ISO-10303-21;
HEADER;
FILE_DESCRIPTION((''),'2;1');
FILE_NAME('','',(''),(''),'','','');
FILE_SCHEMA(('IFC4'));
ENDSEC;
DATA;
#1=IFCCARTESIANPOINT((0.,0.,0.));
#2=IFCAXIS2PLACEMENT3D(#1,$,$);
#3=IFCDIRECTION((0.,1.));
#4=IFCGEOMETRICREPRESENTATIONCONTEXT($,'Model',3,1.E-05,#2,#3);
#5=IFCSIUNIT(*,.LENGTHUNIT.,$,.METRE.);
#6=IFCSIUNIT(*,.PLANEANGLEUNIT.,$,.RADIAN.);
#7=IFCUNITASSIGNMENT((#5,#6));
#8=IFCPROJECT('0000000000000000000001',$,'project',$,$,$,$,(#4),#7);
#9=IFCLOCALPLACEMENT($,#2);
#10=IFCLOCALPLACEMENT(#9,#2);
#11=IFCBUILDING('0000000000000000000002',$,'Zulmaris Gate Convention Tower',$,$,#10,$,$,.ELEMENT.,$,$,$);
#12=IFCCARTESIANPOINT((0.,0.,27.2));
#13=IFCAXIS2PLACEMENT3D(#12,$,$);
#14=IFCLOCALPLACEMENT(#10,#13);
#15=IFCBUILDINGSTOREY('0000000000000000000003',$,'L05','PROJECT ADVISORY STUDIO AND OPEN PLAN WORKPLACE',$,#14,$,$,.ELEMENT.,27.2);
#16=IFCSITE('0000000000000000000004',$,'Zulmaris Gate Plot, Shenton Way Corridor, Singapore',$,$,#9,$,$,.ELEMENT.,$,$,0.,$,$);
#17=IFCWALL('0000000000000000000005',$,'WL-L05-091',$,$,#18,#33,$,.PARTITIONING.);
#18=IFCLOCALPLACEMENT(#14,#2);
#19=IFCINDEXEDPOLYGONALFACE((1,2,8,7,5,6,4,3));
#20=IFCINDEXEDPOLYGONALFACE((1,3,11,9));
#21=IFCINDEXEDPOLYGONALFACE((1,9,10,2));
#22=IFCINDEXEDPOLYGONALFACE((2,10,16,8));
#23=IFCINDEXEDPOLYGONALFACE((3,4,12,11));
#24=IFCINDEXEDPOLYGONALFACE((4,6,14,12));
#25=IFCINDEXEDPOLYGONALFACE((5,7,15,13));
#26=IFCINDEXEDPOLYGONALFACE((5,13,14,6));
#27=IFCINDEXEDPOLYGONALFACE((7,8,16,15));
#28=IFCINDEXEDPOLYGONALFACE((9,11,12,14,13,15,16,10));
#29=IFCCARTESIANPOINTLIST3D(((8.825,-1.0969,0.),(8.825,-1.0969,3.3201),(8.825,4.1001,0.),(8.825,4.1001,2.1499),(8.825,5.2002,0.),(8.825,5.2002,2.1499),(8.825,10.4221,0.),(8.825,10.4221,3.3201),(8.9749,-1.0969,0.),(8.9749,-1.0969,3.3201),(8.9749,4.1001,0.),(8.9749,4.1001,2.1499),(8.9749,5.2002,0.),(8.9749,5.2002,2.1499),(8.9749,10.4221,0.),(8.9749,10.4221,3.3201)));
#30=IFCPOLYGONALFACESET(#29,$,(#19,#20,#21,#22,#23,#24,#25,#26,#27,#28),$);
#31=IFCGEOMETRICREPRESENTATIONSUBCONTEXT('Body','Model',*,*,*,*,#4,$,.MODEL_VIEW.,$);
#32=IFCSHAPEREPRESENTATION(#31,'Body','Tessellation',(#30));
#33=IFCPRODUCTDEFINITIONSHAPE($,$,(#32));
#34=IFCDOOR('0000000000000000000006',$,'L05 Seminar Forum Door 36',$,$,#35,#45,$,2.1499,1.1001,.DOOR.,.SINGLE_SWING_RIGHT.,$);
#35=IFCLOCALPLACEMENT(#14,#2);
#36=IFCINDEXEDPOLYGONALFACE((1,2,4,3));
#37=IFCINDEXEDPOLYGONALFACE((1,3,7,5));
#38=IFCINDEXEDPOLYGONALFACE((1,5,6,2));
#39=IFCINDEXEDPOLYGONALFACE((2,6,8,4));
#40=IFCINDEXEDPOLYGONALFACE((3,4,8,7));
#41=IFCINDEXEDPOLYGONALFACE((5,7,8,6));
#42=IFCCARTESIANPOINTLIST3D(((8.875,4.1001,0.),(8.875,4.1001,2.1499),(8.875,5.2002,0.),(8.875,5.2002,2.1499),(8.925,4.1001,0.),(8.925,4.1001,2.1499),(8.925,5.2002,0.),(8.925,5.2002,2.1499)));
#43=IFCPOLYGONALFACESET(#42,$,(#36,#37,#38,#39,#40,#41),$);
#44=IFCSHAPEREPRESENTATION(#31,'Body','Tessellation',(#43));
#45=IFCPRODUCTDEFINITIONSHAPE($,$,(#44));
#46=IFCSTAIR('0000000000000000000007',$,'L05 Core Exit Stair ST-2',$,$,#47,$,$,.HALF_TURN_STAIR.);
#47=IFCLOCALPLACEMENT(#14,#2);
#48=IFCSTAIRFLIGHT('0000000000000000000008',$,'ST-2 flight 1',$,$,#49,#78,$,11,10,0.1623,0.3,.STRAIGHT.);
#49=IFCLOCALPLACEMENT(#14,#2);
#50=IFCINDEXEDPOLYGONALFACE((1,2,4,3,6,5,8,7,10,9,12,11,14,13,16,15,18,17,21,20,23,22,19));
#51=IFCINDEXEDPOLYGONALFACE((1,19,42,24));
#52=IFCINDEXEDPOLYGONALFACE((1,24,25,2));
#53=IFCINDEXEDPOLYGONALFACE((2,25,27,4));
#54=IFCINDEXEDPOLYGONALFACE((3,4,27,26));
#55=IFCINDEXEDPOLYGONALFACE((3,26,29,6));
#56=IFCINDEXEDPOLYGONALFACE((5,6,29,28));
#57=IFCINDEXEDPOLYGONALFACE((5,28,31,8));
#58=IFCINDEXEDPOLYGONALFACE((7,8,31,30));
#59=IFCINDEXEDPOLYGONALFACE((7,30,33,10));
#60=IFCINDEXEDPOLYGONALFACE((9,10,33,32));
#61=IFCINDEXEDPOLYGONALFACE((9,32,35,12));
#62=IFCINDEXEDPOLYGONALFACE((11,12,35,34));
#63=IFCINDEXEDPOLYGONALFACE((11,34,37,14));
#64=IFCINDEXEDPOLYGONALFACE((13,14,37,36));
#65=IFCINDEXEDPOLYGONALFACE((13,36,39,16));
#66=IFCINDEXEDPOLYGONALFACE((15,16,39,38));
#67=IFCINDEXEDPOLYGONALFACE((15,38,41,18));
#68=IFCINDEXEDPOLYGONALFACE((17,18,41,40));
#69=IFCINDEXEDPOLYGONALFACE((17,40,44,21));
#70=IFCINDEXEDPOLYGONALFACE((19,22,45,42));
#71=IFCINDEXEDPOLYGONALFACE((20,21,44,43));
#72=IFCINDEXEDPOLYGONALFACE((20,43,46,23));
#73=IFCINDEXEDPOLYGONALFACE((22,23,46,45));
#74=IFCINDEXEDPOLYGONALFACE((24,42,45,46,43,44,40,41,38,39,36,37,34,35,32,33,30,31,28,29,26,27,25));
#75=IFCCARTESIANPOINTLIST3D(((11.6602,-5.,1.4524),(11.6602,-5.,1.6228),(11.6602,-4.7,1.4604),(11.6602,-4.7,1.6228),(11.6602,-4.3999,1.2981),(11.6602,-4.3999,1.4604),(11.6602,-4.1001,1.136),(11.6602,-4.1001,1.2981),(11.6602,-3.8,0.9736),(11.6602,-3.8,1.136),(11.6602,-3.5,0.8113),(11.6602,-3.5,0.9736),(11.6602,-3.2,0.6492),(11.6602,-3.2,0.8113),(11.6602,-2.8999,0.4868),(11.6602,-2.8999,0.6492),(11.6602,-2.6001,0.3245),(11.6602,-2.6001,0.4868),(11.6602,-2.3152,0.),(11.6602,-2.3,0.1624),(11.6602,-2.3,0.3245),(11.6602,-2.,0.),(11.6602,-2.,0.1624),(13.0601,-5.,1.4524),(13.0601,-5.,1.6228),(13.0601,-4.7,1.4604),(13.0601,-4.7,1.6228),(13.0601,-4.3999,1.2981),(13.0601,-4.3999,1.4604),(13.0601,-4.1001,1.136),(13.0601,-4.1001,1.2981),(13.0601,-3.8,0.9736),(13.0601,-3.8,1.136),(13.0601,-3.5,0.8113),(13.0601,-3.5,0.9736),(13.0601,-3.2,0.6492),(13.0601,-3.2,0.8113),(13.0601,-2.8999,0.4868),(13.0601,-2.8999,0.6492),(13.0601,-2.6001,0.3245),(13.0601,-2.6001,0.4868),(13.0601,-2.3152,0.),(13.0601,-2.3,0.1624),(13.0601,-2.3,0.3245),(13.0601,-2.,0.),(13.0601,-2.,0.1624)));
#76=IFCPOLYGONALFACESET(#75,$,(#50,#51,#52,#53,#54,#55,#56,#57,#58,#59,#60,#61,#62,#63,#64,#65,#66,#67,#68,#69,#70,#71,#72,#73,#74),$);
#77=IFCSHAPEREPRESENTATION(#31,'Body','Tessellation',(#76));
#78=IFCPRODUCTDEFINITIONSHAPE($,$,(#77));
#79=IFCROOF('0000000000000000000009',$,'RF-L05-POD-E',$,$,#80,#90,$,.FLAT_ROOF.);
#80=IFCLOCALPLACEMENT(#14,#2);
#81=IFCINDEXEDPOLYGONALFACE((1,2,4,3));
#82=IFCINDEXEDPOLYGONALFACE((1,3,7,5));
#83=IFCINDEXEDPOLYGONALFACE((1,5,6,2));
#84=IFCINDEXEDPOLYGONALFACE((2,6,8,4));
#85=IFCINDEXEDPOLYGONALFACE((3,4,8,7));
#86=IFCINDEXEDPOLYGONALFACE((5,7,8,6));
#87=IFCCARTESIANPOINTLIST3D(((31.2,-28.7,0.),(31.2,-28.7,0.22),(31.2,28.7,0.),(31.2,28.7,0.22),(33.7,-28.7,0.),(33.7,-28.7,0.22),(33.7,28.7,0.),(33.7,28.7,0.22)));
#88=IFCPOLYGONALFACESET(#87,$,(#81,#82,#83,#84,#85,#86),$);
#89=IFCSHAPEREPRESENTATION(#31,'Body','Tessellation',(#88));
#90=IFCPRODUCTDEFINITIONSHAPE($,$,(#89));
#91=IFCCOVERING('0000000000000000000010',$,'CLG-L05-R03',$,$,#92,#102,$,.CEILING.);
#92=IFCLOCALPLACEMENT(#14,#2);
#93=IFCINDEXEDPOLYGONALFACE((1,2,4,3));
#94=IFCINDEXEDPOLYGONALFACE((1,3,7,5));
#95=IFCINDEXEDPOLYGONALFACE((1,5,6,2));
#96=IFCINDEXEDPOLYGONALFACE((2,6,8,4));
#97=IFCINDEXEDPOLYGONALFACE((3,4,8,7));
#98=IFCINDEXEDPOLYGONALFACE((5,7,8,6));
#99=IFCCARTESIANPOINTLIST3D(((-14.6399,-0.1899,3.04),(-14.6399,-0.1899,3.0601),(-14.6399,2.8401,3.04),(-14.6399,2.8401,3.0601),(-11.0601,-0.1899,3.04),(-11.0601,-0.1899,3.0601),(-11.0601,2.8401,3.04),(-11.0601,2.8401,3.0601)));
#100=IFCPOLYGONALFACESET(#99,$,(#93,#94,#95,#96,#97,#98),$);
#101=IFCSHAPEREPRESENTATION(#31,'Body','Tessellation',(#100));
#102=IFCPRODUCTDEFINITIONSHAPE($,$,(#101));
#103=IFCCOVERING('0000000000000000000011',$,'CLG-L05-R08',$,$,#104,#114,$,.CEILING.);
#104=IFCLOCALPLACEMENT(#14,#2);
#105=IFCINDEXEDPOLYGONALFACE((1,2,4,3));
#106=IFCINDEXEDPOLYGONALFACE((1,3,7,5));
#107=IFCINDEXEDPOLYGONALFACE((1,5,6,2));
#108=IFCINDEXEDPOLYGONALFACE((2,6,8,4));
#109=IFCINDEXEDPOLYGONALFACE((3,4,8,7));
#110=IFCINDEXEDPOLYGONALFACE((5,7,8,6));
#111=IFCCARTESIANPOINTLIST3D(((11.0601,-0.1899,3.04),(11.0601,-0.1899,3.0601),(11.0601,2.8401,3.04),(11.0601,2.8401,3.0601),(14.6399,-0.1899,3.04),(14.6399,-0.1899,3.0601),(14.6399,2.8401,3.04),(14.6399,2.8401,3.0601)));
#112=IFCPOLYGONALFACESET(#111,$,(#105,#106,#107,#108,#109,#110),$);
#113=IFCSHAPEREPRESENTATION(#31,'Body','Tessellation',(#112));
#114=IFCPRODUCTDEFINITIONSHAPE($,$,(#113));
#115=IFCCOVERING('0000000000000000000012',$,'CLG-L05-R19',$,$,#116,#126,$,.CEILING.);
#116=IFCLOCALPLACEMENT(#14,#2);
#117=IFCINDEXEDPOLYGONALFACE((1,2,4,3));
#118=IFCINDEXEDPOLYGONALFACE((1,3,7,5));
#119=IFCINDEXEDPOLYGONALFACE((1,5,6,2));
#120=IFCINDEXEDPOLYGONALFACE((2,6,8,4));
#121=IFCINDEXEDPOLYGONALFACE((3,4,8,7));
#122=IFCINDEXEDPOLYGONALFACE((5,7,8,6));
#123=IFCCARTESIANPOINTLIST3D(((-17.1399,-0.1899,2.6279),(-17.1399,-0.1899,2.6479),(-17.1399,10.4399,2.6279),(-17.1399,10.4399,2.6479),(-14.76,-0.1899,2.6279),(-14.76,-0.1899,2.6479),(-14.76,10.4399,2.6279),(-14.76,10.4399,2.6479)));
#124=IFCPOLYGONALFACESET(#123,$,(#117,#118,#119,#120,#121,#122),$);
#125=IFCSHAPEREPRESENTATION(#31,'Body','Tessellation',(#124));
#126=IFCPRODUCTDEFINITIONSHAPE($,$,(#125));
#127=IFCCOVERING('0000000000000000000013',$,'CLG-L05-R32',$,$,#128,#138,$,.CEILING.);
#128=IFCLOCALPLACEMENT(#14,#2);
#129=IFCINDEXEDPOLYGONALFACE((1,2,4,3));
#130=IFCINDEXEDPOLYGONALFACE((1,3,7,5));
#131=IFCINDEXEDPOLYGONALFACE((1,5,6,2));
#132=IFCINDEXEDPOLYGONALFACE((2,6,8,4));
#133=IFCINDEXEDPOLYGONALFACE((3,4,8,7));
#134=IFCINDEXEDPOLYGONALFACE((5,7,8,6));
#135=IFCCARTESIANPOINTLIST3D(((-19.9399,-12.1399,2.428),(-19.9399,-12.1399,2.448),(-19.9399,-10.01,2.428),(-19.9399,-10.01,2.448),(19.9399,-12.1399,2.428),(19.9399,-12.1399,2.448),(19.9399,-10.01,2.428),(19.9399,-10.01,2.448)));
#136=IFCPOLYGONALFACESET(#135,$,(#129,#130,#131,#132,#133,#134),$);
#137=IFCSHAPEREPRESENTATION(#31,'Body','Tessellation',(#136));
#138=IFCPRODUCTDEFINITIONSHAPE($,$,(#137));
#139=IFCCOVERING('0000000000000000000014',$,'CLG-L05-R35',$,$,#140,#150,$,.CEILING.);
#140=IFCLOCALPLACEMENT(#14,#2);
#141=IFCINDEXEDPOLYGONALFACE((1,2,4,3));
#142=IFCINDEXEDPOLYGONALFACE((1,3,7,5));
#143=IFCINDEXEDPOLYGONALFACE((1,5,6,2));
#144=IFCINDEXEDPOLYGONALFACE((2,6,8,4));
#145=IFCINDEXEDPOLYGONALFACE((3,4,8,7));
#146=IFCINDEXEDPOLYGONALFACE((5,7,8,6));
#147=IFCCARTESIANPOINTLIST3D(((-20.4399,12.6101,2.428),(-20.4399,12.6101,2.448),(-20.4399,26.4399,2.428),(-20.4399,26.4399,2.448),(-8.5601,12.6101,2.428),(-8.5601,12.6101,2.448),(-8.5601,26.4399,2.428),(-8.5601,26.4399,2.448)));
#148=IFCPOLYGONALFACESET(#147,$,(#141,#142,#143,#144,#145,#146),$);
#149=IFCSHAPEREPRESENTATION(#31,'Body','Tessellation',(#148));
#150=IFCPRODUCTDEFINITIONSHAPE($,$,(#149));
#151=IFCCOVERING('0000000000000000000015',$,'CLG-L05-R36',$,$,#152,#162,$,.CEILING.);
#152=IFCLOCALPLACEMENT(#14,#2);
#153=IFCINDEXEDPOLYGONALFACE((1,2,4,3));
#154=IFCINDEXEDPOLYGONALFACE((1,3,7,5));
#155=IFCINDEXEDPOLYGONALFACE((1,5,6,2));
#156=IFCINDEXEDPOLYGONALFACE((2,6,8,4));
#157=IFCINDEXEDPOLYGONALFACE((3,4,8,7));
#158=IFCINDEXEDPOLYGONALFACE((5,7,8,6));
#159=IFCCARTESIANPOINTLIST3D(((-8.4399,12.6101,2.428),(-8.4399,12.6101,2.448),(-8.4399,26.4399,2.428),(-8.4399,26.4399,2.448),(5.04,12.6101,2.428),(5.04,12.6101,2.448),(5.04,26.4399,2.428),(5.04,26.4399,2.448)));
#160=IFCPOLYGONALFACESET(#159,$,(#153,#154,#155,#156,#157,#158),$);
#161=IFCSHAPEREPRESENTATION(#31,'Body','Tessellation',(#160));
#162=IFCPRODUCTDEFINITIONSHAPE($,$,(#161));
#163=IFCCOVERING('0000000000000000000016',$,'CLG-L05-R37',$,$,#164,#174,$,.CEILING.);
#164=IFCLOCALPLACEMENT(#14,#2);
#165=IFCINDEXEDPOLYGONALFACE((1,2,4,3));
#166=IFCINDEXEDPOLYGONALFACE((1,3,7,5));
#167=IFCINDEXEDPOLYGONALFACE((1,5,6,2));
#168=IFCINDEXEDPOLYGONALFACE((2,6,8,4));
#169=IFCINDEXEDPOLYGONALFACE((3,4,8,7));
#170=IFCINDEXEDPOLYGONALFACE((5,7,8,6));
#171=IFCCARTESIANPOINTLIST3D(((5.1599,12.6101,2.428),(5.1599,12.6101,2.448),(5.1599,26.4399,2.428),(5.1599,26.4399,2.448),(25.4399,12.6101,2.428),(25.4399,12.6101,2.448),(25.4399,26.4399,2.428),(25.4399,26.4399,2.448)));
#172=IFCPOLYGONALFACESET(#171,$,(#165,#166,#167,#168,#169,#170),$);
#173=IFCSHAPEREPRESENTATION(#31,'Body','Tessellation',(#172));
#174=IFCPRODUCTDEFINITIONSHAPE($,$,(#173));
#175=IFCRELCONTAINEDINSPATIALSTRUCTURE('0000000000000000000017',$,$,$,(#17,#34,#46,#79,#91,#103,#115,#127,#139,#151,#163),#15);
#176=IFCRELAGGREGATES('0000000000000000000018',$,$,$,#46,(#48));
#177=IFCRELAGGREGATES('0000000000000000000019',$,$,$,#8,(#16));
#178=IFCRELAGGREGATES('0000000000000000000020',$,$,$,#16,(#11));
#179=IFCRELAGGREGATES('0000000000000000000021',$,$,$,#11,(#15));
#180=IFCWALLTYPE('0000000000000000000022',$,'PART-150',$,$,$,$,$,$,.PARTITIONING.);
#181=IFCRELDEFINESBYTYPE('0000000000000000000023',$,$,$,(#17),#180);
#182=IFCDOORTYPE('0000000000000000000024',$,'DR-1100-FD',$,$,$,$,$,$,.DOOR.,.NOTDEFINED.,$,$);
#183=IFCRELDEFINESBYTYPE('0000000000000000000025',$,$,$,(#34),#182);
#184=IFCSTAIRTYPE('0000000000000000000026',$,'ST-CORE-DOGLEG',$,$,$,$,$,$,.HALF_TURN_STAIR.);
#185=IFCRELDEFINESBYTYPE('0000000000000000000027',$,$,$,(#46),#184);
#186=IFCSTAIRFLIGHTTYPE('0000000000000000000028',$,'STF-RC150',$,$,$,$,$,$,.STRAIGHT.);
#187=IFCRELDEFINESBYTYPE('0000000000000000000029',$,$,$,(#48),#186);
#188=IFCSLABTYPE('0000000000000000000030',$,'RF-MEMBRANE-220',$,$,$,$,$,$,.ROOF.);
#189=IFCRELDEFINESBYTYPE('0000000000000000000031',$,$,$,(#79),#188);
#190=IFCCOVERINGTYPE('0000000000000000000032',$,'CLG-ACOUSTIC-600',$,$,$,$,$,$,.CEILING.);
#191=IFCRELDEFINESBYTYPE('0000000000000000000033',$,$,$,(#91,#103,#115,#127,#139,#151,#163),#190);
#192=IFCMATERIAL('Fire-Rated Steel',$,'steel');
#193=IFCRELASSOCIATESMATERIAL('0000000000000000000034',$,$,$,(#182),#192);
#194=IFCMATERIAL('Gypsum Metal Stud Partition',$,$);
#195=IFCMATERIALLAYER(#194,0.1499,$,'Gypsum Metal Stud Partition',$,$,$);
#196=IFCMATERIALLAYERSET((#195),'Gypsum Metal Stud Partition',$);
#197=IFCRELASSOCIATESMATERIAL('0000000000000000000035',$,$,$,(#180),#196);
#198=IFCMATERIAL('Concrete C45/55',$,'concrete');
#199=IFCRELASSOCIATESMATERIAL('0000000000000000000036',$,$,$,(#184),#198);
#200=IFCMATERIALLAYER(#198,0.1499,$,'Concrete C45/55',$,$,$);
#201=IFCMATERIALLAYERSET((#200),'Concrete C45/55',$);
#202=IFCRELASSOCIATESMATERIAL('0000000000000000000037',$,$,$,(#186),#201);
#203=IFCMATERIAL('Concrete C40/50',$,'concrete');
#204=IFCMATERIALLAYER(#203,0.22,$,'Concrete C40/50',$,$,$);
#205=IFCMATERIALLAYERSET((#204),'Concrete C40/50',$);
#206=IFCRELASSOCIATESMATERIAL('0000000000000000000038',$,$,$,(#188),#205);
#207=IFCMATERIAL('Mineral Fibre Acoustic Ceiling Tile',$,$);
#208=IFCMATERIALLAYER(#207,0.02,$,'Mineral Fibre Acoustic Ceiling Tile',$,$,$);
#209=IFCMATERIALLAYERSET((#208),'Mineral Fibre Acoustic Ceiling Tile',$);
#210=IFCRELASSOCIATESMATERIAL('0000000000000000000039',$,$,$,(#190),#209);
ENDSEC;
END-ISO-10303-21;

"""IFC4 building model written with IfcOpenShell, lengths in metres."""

from ifc_helpers import new_model, si_unit, direction, frame, frame_2d, origin, place, context, subcontext, project, spatial, polyline, rectangle, outline, extrude, material, layer, layer_set, type_object, element, fill, aggregate, save


model = new_model("IFC4")

# Units and contexts
model_context = context("Model", 3, precision=1e-05, world=origin(), true_north=direction((0.0, 1.0)))
body_context = subcontext(model_context, "Body", "Model", "MODEL_VIEW")
ifc_project = project(units=[si_unit("LENGTHUNIT", "METRE"), si_unit("PLANEANGLEUNIT", "RADIAN")], contexts=[model_context])

# Site, building, storey
site_placement = place(None, origin())
site = spatial("IfcSite", under=ifc_project, at=site_placement, Name="Zulmaris Gate Plot, Shenton Way Corridor, Singapore", CompositionType="ELEMENT", RefElevation=0.0)
building_placement = place(site_placement, origin())
building = spatial("IfcBuilding", under=site, at=building_placement, Name="Zulmaris Gate Convention Tower", CompositionType="ELEMENT")
storey_placement = place(building_placement, frame((0.0, 0.0, 27.2)))
storey = spatial("IfcBuildingStorey", under=building, at=storey_placement, Name="L05", Description="PROJECT ADVISORY STUDIO AND OPEN PLAN WORKPLACE", CompositionType="ELEMENT", Elevation=27.2)

# Wall, opening, door
ifc_material_1 = material(Name="Fire-Rated Steel", Category="steel")
door_type_1 = type_object("IfcDoorType", Name="DR-1100-FD", OperationType="NOTDEFINED", PredefinedType="DOOR", material=ifc_material_1)
ifc_material_2 = material(Name="Gypsum Metal Stud Partition")
ifc_layer_1 = layer(ifc_material_2, 0.1499, Name="Gypsum Metal Stud Partition")
ifc_layer_set_1 = layer_set([ifc_layer_1], Name="Gypsum Metal Stud Partition")
wall_type_1 = type_object("IfcWallType", Name="PART-150", PredefinedType="PARTITIONING", material=ifc_layer_set_1)
wall_1_placement = place(storey_placement, frame((8.8999, -1.0969, 0.0), z_axis=(0.0, 0.0, 1.0), x_axis=(0.0, 1.0, 0.0)))
wall_1 = element("IfcWall", 1, at=wall_1_placement, inside=storey, type_object=wall_type_1, Name="WL-L05-091", PredefinedType="PARTITIONING", context=body_context, shape_type="SweptSolid", body=[
    extrude(rectangle(XDim=11.519, YDim=0.1499, at=frame_2d((5.7595, 0.0))), origin(), (0.0, 0.0, 1.0), 3.3201),
])
opening_1_placement = place(wall_1_placement, frame((5.197, 0.0, 0.0)))
opening_1 = element("IfcOpeningElement", 2, at=opening_1_placement, cuts=wall_1, PredefinedType="OPENING", context=body_context, shape_type="SweptSolid", body=[
    extrude(rectangle(XDim=1.1001, YDim=2.1499, at=frame_2d((0.55, 1.075))), frame((0.0, 0.085, 0.0), z_axis=(0.0, -1.0, 0.0), x_axis=(1.0, 0.0, 0.0)), (0.0, 0.0, 1.0), 0.1699),
])
door_1_placement = place(opening_1_placement, origin())
door_1 = element("IfcDoor", 3, at=door_1_placement, inside=storey, type_object=door_type_1, Name="L05 Seminar Forum Door 36", OperationType="SINGLE_SWING_RIGHT", OverallHeight=2.1499, OverallWidth=1.1001, PredefinedType="DOOR", context=body_context, shape_type="SweptSolid", body=[
    extrude(rectangle(XDim=1.1001, YDim=2.1499, at=frame_2d((0.55, 1.075))), frame((0.0, 0.0249, 0.0), z_axis=(0.0, -1.0, 0.0), x_axis=(1.0, 0.0, 0.0)), (0.0, 0.0, 1.0), 0.05),
])
fill(opening_1, door_1)

# Stair, stair flight
ifc_material_3 = material(Name="Concrete C45/55", Category="concrete")
stair_type = type_object("IfcStairType", Name="ST-CORE-DOGLEG", PredefinedType="HALF_TURN_STAIR", material=ifc_material_3)
stair_placement = place(storey_placement, origin())
stair = element("IfcStair", 4, at=stair_placement, inside=storey, type_object=stair_type, Name="L05 Core Exit Stair ST-2", PredefinedType="HALF_TURN_STAIR")
ifc_layer_2 = layer(ifc_material_3, 0.1499, Name="Concrete C45/55")
ifc_layer_set_2 = layer_set([ifc_layer_2], Name="Concrete C45/55")
stair_flight_type = type_object("IfcStairFlightType", Name="STF-RC150", PredefinedType="STRAIGHT", material=ifc_layer_set_2)
stair_flight_placement = place(storey_placement, frame((12.3601, -2.0, 0.0), z_axis=(0.0, 0.0, 1.0), x_axis=(0.0, -1.0, 0.0)))
stair_flight = element("IfcStairFlight", 5, at=stair_flight_placement, type_object=stair_flight_type, Name="ST-2 flight 1", NumberOfRisers=11, NumberOfTreads=10, PredefinedType="STRAIGHT", RiserHeight=0.1623, TreadLength=0.3, context=body_context, shape_type="SweptSolid", body=[
    extrude(outline(polyline([(0.0, 0.0), (0.0, 0.1624), (0.3, 0.1624), (0.3, 0.3245), (0.6001, 0.3245), (0.6001, 0.4868), (0.8999, 0.4868), (0.8999, 0.6492), (1.2, 0.6492), (1.2, 0.8113), (1.5, 0.8113), (1.5, 0.9736), (1.8, 0.9736), (1.8, 1.136), (2.1001, 1.136), (2.1001, 1.2981), (2.3999, 1.2981), (2.3999, 1.4604), (2.7, 1.4604), (2.7, 1.6228), (3.0, 1.6228), (3.0, 1.7849), (3.0, 1.4524), (0.3152, 0.0), (0.0, 0.0)])), frame((0.0, 0.7, 0.0), z_axis=(0.0, -1.0, 0.0), x_axis=(1.0, 0.0, 0.0)), (0.0, 0.0, 1.0), 1.3999),
])
aggregate(stair, [stair_flight])

# Roof
ifc_material_4 = material(Name="Concrete C40/50", Category="concrete")
ifc_layer_3 = layer(ifc_material_4, 0.22, Name="Concrete C40/50")
ifc_layer_set_3 = layer_set([ifc_layer_3], Name="Concrete C40/50")
slab_type = type_object("IfcSlabType", Name="RF-MEMBRANE-220", PredefinedType="ROOF", material=ifc_layer_set_3)
roof_placement = place(storey_placement, origin())
element("IfcRoof", 6, at=roof_placement, inside=storey, type_object=slab_type, Name="RF-L05-POD-E", PredefinedType="FLAT_ROOF", context=body_context, shape_type="SweptSolid", body=[
    extrude(outline(polyline([(31.2, -28.7), (33.7, -28.7), (33.7, 28.7), (31.2, 28.7), (31.2, -28.7)])), origin(), (0.0, 0.0, 1.0), 0.22),
])

# Coverings
ifc_material_5 = material(Name="Mineral Fibre Acoustic Ceiling Tile")
ifc_layer_4 = layer(ifc_material_5, 0.02, Name="Mineral Fibre Acoustic Ceiling Tile")
ifc_layer_set_4 = layer_set([ifc_layer_4], Name="Mineral Fibre Acoustic Ceiling Tile")
covering_type_1 = type_object("IfcCoveringType", Name="CLG-ACOUSTIC-600", PredefinedType="CEILING", material=ifc_layer_set_4)
covering_1_placement = place(storey_placement, frame((0.0, 0.0, 3.04)))
element("IfcCovering", 7, at=covering_1_placement, inside=storey, type_object=covering_type_1, Name="CLG-L05-R03", PredefinedType="CEILING", context=body_context, shape_type="SweptSolid", body=[
    extrude(outline(polyline([(-14.6399, -0.1899), (-11.0601, -0.1899), (-11.0601, 2.8401), (-14.6399, 2.8401), (-14.6399, -0.1899)])), origin(), (0.0, 0.0, 1.0), 0.02),
])
covering_2_placement = place(storey_placement, frame((0.0, 0.0, 3.04)))
element("IfcCovering", 8, at=covering_2_placement, inside=storey, type_object=covering_type_1, Name="CLG-L05-R08", PredefinedType="CEILING", context=body_context, shape_type="SweptSolid", body=[
    extrude(outline(polyline([(11.0601, -0.1899), (14.6399, -0.1899), (14.6399, 2.8401), (11.0601, 2.8401), (11.0601, -0.1899)])), origin(), (0.0, 0.0, 1.0), 0.02),
])
covering_3_placement = place(storey_placement, frame((0.0, 0.0, 2.6279)))
element("IfcCovering", 9, at=covering_3_placement, inside=storey, type_object=covering_type_1, Name="CLG-L05-R19", PredefinedType="CEILING", context=body_context, shape_type="SweptSolid", body=[
    extrude(outline(polyline([(-17.1399, -0.1899), (-14.76, -0.1899), (-14.76, 10.4399), (-17.1399, 10.4399), (-17.1399, -0.1899)])), origin(), (0.0, 0.0, 1.0), 0.02),
])
covering_4_placement = place(storey_placement, frame((0.0, 0.0, 2.428)))
element("IfcCovering", 10, at=covering_4_placement, inside=storey, type_object=covering_type_1, Name="CLG-L05-R32", PredefinedType="CEILING", context=body_context, shape_type="SweptSolid", body=[
    extrude(outline(polyline([(-19.9399, -12.1399), (19.9399, -12.1399), (19.9399, -10.01), (-19.9399, -10.01), (-19.9399, -12.1399)])), origin(), (0.0, 0.0, 1.0), 0.02),
])
covering_5_placement = place(storey_placement, frame((0.0, 0.0, 2.428)))
element("IfcCovering", 11, at=covering_5_placement, inside=storey, type_object=covering_type_1, Name="CLG-L05-R35", PredefinedType="CEILING", context=body_context, shape_type="SweptSolid", body=[
    extrude(outline(polyline([(-20.4399, 12.6101), (-8.5601, 12.6101), (-8.5601, 26.4399), (-20.4399, 26.4399), (-20.4399, 12.6101)])), origin(), (0.0, 0.0, 1.0), 0.02),
])
covering_6_placement = place(storey_placement, frame((0.0, 0.0, 2.428)))
element("IfcCovering", 12, at=covering_6_placement, inside=storey, type_object=covering_type_1, Name="CLG-L05-R36", PredefinedType="CEILING", context=body_context, shape_type="SweptSolid", body=[
    extrude(outline(polyline([(-8.4399, 12.6101), (5.04, 12.6101), (5.04, 26.4399), (-8.4399, 26.4399), (-8.4399, 12.6101)])), origin(), (0.0, 0.0, 1.0), 0.02),
])
covering_7_placement = place(storey_placement, frame((0.0, 0.0, 2.428)))
element("IfcCovering", 13, at=covering_7_placement, inside=storey, type_object=covering_type_1, Name="CLG-L05-R37", PredefinedType="CEILING", context=body_context, shape_type="SweptSolid", body=[
    extrude(outline(polyline([(5.1599, 12.6101), (25.4399, 12.6101), (25.4399, 26.4399), (5.1599, 26.4399), (5.1599, 12.6101)])), origin(), (0.0, 0.0, 1.0), 0.02),
])

save(model, "model.ifc")
